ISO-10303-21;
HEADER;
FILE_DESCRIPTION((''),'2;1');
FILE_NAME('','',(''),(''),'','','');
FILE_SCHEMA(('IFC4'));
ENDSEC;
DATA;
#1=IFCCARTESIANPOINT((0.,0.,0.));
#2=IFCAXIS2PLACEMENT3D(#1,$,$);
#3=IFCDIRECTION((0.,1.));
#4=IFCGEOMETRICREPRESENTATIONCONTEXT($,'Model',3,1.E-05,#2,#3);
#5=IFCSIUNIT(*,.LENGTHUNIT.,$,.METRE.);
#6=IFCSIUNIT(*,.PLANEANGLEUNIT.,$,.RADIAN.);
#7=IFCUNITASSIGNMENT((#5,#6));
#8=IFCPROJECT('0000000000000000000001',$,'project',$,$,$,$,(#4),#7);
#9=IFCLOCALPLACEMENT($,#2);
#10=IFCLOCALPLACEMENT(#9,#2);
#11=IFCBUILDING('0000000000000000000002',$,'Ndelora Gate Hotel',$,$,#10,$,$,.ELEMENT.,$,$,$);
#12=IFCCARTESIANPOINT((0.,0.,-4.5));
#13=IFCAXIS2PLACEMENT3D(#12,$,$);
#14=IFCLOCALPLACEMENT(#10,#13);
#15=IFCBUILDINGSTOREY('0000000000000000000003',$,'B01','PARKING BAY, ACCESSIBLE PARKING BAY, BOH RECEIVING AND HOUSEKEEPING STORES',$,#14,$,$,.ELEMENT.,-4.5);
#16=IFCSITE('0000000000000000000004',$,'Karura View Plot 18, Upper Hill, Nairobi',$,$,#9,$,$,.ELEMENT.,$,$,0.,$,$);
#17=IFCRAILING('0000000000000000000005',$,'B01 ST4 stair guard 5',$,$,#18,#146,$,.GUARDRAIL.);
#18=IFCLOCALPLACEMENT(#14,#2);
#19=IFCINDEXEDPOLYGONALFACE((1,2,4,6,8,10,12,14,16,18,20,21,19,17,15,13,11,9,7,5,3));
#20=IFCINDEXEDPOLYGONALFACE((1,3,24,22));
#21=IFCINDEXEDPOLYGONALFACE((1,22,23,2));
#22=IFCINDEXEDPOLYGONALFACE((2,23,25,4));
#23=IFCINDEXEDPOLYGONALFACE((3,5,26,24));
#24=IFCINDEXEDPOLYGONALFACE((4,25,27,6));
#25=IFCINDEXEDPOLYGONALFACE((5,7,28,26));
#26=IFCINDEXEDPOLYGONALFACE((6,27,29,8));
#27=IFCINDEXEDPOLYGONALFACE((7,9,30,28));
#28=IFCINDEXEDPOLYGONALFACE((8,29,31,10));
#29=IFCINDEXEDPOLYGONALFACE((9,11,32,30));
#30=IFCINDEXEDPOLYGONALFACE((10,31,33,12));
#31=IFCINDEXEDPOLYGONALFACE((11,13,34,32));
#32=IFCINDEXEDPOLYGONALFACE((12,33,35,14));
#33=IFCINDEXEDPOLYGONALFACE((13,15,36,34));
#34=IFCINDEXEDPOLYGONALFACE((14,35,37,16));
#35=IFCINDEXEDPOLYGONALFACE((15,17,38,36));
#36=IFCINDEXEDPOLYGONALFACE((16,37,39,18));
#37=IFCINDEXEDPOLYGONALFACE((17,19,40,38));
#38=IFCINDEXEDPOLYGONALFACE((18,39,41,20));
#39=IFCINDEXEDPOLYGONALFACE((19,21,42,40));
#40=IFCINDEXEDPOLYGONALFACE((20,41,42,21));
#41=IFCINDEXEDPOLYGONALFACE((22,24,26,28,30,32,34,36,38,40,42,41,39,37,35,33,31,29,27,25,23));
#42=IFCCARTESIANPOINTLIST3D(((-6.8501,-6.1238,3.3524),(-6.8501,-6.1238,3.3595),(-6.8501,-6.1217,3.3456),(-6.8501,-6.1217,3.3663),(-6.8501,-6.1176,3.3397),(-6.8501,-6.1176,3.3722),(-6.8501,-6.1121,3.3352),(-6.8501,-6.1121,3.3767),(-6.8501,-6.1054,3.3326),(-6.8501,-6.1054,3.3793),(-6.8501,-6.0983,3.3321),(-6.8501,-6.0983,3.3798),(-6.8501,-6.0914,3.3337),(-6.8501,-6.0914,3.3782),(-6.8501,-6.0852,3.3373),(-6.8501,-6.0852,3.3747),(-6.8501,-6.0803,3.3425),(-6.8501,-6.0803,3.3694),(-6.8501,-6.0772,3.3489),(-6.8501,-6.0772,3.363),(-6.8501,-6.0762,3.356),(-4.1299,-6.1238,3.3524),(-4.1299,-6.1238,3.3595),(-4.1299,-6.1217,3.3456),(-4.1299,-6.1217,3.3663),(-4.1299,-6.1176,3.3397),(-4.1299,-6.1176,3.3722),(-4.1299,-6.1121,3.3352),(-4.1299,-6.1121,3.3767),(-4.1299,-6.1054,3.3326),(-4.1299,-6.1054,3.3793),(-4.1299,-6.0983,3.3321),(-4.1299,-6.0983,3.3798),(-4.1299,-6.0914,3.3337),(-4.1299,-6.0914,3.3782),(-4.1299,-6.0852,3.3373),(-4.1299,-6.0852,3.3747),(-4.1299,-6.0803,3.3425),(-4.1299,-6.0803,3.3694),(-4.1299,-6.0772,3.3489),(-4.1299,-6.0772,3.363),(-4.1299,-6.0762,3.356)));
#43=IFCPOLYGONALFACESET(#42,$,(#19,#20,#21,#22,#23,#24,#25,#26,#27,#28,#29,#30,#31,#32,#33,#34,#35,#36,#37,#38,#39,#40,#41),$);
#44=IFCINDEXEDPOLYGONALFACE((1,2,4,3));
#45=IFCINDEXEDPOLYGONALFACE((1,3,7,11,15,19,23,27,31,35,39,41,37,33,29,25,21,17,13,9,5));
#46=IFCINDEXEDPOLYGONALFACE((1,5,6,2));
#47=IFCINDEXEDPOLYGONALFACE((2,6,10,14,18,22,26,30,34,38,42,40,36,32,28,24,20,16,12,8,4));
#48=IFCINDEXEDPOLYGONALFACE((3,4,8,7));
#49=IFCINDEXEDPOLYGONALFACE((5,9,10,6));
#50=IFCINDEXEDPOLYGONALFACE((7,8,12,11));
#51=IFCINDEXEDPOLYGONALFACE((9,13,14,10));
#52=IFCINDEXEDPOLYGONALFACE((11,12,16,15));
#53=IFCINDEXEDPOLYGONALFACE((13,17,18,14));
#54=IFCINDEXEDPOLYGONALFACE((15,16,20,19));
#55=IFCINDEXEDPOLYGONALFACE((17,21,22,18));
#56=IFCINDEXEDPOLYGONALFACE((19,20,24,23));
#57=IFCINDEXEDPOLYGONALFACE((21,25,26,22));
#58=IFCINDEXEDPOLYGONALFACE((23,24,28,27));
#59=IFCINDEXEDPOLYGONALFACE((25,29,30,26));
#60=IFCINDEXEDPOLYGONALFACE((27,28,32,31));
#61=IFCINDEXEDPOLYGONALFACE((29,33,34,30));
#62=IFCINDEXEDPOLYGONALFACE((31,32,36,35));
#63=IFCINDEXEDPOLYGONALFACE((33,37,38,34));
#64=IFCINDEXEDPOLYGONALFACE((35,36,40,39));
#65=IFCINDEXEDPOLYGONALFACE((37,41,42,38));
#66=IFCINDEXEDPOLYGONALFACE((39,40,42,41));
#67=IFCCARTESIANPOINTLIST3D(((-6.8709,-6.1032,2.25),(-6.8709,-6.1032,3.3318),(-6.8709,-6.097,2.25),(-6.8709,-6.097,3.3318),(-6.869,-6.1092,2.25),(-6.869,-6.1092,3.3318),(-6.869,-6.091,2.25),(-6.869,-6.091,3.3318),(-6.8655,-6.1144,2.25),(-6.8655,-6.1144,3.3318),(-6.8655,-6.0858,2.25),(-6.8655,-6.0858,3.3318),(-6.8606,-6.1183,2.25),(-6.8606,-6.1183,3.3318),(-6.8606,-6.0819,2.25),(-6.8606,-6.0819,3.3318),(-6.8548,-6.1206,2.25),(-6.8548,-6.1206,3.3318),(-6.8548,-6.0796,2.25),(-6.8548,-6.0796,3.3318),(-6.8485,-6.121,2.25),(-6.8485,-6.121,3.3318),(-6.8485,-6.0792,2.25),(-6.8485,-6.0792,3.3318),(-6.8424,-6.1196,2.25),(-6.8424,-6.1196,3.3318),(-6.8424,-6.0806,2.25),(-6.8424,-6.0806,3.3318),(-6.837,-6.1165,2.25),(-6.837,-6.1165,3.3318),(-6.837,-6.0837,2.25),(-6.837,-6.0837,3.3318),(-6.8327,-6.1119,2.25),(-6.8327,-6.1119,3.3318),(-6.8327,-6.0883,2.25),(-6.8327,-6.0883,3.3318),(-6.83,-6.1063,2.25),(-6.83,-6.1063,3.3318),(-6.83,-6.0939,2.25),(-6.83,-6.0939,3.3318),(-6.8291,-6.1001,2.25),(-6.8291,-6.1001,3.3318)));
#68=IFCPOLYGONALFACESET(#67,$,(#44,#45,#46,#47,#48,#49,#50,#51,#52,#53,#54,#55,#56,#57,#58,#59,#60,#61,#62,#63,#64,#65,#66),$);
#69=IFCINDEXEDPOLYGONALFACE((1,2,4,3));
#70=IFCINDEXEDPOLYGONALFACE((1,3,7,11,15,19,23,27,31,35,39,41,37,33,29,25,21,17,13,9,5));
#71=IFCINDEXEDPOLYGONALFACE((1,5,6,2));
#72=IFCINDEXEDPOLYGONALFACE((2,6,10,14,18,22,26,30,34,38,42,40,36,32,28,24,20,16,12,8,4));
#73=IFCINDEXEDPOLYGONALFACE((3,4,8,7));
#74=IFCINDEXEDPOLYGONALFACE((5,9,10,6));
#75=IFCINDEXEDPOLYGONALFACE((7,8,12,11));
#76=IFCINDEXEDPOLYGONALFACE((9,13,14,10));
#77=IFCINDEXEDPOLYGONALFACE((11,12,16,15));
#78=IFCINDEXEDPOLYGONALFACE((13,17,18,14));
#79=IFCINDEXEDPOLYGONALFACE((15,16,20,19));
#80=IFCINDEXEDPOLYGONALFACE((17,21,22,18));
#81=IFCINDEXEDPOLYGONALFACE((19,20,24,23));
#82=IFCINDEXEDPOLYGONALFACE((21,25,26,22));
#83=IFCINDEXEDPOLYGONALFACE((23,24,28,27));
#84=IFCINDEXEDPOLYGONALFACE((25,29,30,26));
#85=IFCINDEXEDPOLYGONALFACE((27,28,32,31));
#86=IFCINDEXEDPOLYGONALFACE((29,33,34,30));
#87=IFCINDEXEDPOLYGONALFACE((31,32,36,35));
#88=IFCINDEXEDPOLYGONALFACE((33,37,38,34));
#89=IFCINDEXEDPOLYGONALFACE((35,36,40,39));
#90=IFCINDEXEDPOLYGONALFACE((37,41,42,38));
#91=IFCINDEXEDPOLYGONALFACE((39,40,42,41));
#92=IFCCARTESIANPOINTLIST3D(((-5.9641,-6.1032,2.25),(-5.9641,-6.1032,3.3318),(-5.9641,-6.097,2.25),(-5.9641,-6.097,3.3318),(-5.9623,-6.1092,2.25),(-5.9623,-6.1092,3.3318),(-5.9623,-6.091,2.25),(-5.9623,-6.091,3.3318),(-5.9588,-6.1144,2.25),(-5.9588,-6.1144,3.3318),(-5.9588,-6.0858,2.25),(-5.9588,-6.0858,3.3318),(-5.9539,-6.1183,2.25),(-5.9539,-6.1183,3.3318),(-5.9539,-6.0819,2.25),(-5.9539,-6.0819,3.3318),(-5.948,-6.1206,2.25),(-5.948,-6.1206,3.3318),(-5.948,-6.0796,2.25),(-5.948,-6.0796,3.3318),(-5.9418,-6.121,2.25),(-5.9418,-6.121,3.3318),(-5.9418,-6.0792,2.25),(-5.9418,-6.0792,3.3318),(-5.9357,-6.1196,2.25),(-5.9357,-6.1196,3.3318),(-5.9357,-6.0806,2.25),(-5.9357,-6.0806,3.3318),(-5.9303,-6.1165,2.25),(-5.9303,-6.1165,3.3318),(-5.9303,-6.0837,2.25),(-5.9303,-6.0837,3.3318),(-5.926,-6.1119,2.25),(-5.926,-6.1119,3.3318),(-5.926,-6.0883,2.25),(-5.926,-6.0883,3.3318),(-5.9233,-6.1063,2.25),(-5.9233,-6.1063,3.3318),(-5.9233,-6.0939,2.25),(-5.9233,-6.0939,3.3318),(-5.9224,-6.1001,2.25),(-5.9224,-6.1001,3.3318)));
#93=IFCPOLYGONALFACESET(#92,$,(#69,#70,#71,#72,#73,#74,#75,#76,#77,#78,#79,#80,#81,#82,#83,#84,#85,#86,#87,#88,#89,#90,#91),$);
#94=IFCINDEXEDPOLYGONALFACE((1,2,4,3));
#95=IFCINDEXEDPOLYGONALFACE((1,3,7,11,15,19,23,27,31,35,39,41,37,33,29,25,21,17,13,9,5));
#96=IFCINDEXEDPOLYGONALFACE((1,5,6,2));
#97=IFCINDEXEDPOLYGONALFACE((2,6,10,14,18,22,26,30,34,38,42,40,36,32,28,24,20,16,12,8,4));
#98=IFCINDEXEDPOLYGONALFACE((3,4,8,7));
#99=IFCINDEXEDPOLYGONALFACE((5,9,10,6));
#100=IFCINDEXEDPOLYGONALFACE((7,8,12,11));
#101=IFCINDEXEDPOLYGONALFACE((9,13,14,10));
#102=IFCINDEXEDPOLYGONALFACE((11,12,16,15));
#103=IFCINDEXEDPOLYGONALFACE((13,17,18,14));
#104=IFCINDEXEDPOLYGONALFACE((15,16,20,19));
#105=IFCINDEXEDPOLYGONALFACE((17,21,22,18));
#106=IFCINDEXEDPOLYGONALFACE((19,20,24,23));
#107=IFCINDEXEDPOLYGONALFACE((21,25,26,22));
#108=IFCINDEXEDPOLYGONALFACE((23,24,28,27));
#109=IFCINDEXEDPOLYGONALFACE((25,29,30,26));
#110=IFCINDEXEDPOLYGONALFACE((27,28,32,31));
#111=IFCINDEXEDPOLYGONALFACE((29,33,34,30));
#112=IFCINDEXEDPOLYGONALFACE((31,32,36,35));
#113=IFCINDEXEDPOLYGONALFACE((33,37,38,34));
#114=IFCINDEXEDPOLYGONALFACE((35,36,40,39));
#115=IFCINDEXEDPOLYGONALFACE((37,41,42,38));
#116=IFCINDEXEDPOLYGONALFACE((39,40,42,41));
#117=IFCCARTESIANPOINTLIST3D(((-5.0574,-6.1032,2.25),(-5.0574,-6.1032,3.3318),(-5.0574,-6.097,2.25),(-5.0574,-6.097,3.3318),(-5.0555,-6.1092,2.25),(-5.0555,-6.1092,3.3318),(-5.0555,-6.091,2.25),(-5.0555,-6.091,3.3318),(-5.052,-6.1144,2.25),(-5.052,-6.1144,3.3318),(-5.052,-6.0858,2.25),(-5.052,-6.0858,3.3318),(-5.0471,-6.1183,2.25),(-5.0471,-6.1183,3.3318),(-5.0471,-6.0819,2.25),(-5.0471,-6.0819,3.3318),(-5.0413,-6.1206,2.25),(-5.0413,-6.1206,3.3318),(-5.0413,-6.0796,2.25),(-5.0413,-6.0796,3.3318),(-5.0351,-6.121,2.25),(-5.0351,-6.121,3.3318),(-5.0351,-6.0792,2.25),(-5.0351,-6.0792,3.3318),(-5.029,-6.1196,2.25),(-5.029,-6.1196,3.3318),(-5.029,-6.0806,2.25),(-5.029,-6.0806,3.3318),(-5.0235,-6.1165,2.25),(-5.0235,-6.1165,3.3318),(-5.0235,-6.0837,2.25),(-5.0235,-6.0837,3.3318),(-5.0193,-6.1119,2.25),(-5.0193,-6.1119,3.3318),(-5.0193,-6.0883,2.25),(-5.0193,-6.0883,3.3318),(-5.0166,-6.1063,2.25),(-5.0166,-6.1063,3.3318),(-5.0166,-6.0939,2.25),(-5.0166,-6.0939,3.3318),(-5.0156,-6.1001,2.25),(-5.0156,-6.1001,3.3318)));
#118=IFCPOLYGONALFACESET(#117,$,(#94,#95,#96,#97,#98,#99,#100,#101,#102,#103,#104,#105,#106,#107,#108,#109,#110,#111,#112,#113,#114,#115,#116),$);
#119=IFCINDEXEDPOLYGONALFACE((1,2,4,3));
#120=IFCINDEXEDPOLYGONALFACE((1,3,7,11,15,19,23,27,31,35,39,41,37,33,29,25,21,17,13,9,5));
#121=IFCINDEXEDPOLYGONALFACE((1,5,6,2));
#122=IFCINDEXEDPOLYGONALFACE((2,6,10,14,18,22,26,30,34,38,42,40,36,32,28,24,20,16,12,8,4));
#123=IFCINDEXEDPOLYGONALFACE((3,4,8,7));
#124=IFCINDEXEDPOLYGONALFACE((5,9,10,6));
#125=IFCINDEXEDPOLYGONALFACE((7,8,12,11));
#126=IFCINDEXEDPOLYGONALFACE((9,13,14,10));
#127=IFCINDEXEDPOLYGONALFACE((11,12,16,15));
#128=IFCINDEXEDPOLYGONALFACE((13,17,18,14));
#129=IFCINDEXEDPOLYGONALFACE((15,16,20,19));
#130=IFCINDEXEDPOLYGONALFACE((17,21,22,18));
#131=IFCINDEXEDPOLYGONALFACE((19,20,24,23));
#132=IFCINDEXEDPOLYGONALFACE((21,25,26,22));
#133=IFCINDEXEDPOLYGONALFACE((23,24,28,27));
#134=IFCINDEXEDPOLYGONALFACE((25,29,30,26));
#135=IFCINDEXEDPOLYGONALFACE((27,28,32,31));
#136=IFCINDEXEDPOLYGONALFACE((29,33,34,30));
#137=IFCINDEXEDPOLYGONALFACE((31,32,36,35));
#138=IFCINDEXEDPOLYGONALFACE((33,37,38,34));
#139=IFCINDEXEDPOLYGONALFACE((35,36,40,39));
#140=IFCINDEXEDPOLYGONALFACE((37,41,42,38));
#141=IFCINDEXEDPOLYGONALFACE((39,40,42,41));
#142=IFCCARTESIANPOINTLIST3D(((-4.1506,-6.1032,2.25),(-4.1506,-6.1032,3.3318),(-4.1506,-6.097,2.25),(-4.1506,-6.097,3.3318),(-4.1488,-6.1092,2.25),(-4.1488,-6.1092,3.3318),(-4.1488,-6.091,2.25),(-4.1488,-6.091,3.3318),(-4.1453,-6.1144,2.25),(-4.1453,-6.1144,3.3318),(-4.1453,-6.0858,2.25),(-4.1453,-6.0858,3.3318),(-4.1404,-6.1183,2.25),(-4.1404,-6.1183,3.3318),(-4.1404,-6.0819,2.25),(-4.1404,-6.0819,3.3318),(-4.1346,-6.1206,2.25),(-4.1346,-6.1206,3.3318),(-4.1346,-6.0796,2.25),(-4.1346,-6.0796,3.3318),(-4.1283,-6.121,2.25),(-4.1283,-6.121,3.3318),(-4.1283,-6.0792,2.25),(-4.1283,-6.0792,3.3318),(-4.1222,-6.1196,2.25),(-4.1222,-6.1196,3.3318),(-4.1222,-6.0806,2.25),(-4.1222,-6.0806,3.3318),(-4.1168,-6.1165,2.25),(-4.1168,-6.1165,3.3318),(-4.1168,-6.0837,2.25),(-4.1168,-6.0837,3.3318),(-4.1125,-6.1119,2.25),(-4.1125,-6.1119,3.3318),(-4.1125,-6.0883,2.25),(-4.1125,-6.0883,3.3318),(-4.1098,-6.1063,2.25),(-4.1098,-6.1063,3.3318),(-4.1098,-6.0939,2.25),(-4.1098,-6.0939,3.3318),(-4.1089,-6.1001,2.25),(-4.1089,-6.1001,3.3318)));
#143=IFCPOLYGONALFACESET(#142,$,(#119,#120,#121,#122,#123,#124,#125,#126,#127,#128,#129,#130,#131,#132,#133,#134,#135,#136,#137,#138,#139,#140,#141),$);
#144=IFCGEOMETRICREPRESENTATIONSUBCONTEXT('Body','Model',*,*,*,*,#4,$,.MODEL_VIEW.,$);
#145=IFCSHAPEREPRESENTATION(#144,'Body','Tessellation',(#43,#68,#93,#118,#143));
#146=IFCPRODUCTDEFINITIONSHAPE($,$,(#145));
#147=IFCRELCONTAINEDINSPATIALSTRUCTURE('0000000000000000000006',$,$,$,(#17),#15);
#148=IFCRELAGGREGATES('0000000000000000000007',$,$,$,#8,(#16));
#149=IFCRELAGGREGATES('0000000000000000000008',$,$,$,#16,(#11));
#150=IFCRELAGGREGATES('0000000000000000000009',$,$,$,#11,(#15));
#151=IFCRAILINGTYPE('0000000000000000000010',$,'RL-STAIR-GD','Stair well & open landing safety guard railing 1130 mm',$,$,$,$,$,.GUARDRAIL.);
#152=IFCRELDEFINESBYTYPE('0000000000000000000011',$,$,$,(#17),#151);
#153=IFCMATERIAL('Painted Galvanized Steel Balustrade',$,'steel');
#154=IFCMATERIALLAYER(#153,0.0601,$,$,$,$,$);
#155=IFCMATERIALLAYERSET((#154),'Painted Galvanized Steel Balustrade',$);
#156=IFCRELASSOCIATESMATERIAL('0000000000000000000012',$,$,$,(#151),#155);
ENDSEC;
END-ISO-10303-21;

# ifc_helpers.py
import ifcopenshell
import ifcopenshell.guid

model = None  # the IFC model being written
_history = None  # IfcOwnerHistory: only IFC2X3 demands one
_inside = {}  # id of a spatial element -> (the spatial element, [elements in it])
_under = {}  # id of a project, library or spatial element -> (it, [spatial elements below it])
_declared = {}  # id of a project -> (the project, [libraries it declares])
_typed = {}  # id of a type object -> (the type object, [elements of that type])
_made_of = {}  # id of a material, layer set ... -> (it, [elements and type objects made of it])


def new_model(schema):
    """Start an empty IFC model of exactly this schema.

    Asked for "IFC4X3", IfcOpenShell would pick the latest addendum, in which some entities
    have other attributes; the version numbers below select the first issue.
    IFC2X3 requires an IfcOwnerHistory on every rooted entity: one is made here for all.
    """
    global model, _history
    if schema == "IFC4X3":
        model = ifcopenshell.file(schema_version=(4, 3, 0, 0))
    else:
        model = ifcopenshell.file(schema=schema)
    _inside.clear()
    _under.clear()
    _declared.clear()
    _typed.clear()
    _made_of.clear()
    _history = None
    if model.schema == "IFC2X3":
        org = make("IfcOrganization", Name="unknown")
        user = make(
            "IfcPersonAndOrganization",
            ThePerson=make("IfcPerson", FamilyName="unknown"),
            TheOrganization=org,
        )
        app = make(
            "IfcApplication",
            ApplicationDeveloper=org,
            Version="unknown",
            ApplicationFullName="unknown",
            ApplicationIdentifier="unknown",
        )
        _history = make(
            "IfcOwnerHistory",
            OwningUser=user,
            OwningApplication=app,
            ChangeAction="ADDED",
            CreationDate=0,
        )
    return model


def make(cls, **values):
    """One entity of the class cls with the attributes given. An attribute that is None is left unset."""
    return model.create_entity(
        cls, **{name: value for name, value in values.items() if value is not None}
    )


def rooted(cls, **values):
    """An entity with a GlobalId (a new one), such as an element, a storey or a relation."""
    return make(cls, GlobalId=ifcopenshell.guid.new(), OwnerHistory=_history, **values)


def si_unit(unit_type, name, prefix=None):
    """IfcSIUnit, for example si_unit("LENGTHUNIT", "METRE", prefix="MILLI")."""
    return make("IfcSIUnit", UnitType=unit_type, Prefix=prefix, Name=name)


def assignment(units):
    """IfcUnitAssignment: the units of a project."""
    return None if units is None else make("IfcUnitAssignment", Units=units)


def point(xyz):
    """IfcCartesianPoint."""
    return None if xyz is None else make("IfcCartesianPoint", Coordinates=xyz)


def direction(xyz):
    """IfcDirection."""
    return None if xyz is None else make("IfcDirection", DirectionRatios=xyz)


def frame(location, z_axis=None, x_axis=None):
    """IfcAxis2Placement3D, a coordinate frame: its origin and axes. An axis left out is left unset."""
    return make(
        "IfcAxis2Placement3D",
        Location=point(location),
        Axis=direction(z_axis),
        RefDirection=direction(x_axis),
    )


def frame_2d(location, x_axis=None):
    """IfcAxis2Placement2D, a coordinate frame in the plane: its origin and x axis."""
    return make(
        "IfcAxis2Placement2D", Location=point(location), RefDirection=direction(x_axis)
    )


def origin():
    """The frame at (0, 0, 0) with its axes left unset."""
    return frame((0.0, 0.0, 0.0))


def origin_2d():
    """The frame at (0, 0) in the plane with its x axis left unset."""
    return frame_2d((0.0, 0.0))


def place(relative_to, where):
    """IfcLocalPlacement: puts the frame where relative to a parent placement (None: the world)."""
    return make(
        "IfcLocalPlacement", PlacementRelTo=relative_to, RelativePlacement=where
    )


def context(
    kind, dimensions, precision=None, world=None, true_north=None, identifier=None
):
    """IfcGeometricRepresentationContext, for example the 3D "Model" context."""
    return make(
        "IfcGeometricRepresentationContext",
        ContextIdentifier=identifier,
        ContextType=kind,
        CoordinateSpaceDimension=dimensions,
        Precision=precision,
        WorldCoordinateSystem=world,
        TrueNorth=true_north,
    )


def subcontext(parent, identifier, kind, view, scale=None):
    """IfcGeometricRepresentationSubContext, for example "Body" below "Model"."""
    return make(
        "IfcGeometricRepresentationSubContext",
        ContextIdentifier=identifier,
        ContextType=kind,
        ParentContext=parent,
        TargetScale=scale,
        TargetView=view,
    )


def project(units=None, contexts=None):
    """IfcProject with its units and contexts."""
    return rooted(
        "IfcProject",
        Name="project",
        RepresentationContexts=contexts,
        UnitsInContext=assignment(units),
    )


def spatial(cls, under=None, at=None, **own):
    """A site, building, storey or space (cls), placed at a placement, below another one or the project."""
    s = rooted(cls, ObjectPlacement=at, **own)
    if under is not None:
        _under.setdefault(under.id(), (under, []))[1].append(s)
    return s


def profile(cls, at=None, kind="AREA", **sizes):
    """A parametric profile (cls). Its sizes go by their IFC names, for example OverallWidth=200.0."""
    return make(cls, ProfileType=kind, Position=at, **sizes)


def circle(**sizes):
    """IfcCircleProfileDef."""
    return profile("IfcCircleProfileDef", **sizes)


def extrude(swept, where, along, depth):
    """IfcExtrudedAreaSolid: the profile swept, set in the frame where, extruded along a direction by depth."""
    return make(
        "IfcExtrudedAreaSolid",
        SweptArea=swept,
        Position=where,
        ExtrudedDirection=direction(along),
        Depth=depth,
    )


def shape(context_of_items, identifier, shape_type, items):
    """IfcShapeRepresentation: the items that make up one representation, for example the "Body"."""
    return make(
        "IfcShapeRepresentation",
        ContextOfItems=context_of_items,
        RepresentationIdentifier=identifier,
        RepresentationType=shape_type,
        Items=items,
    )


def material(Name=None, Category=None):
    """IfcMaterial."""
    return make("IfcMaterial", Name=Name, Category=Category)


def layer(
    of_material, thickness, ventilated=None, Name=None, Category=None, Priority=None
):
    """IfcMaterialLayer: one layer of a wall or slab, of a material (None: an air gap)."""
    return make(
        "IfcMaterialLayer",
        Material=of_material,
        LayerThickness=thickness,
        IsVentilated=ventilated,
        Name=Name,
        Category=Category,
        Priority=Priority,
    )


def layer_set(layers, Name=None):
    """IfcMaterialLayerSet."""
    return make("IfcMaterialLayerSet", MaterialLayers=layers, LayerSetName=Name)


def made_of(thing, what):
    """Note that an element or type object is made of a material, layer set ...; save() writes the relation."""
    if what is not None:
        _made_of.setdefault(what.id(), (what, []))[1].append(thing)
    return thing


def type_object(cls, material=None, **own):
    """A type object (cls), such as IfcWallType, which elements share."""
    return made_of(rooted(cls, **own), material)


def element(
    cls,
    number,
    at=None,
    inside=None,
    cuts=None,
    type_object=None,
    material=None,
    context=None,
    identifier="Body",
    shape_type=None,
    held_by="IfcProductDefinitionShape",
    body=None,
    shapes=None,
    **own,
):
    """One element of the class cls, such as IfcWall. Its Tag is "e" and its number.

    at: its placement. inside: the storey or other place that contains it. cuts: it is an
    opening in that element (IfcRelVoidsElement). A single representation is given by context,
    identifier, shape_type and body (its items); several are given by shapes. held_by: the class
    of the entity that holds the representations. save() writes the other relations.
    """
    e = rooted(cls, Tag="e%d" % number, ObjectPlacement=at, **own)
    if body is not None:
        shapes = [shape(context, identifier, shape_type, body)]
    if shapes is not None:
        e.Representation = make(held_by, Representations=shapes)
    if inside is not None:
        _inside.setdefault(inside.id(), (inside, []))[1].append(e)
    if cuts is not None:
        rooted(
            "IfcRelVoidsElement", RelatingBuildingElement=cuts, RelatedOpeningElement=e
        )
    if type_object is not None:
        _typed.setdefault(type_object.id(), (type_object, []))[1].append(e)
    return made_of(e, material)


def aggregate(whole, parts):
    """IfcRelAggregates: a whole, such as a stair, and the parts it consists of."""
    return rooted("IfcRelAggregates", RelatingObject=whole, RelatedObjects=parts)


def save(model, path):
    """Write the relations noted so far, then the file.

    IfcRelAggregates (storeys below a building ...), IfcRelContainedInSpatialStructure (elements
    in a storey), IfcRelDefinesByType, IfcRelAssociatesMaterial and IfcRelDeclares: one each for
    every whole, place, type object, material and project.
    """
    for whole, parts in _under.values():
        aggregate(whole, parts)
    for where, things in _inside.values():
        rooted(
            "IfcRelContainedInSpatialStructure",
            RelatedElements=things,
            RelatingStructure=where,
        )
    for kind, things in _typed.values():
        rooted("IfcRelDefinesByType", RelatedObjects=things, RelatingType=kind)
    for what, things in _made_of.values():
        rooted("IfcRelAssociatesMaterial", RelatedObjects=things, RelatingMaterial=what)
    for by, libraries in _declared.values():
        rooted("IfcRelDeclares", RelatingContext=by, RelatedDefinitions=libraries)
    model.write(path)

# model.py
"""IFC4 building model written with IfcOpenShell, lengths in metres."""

from ifc_helpers import new_model, si_unit, direction, frame, origin, origin_2d, place, context, subcontext, project, spatial, circle, extrude, material, layer, layer_set, type_object, element, save


model = new_model("IFC4")

# Units and contexts
model_context = context("Model", 3, precision=1e-05, world=origin(), true_north=direction((0.0, 1.0)))
body_context = subcontext(model_context, "Body", "Model", "MODEL_VIEW")
ifc_project = project(units=[si_unit("LENGTHUNIT", "METRE"), si_unit("PLANEANGLEUNIT", "RADIAN")], contexts=[model_context])

# Site, building, storey
site_placement = place(None, origin())
site = spatial("IfcSite", under=ifc_project, at=site_placement, Name="Karura View Plot 18, Upper Hill, Nairobi", CompositionType="ELEMENT", RefElevation=0.0)
building_placement = place(site_placement, origin())
building = spatial("IfcBuilding", under=site, at=building_placement, Name="Ndelora Gate Hotel", CompositionType="ELEMENT")
storey_placement = place(building_placement, frame((0.0, 0.0, -4.5)))
storey = spatial("IfcBuildingStorey", under=building, at=storey_placement, Name="B01", Description="PARKING BAY, ACCESSIBLE PARKING BAY, BOH RECEIVING AND HOUSEKEEPING STORES", CompositionType="ELEMENT", Elevation=-4.5)

# Railing
ifc_material_1 = material(Name="Painted Galvanized Steel Balustrade", Category="steel")
ifc_layer_1 = layer(ifc_material_1, 0.0601)
ifc_layer_set_1 = layer_set([ifc_layer_1], Name="Painted Galvanized Steel Balustrade")
railing_type_1 = type_object("IfcRailingType", Name="RL-STAIR-GD", Description="Stair well & open landing safety guard railing 1130 mm", PredefinedType="GUARDRAIL", material=ifc_layer_set_1)
railing_1_placement = place(storey_placement, frame((-6.8501, -6.1001, 2.25)))
element("IfcRailing", 1, at=railing_1_placement, inside=storey, type_object=railing_type_1, Name="B01 ST4 stair guard 5", PredefinedType="GUARDRAIL", context=body_context, shape_type="SweptSolid", body=[
    extrude(circle(Radius=0.0239, at=origin_2d()), frame((0.0, 0.0, 1.106), z_axis=(1.0, 0.0, 0.0), x_axis=(0.0, 1.0, 0.0)), (0.0, 0.0, 1.0), 2.7202),
    extrude(circle(Radius=0.021, at=origin_2d()), origin(), (0.0, 0.0, 1.0), 1.0818),
    extrude(circle(Radius=0.021, at=origin_2d()), frame((0.9067, 0.0, 0.0)), (0.0, 0.0, 1.0), 1.0818),
    extrude(circle(Radius=0.021, at=origin_2d()), frame((1.8135, 0.0, 0.0)), (0.0, 0.0, 1.0), 1.0818),
    extrude(circle(Radius=0.021, at=origin_2d()), frame((2.7202, 0.0, 0.0)), (0.0, 0.0, 1.0), 1.0818),
])

save(model, "model.ifc")
